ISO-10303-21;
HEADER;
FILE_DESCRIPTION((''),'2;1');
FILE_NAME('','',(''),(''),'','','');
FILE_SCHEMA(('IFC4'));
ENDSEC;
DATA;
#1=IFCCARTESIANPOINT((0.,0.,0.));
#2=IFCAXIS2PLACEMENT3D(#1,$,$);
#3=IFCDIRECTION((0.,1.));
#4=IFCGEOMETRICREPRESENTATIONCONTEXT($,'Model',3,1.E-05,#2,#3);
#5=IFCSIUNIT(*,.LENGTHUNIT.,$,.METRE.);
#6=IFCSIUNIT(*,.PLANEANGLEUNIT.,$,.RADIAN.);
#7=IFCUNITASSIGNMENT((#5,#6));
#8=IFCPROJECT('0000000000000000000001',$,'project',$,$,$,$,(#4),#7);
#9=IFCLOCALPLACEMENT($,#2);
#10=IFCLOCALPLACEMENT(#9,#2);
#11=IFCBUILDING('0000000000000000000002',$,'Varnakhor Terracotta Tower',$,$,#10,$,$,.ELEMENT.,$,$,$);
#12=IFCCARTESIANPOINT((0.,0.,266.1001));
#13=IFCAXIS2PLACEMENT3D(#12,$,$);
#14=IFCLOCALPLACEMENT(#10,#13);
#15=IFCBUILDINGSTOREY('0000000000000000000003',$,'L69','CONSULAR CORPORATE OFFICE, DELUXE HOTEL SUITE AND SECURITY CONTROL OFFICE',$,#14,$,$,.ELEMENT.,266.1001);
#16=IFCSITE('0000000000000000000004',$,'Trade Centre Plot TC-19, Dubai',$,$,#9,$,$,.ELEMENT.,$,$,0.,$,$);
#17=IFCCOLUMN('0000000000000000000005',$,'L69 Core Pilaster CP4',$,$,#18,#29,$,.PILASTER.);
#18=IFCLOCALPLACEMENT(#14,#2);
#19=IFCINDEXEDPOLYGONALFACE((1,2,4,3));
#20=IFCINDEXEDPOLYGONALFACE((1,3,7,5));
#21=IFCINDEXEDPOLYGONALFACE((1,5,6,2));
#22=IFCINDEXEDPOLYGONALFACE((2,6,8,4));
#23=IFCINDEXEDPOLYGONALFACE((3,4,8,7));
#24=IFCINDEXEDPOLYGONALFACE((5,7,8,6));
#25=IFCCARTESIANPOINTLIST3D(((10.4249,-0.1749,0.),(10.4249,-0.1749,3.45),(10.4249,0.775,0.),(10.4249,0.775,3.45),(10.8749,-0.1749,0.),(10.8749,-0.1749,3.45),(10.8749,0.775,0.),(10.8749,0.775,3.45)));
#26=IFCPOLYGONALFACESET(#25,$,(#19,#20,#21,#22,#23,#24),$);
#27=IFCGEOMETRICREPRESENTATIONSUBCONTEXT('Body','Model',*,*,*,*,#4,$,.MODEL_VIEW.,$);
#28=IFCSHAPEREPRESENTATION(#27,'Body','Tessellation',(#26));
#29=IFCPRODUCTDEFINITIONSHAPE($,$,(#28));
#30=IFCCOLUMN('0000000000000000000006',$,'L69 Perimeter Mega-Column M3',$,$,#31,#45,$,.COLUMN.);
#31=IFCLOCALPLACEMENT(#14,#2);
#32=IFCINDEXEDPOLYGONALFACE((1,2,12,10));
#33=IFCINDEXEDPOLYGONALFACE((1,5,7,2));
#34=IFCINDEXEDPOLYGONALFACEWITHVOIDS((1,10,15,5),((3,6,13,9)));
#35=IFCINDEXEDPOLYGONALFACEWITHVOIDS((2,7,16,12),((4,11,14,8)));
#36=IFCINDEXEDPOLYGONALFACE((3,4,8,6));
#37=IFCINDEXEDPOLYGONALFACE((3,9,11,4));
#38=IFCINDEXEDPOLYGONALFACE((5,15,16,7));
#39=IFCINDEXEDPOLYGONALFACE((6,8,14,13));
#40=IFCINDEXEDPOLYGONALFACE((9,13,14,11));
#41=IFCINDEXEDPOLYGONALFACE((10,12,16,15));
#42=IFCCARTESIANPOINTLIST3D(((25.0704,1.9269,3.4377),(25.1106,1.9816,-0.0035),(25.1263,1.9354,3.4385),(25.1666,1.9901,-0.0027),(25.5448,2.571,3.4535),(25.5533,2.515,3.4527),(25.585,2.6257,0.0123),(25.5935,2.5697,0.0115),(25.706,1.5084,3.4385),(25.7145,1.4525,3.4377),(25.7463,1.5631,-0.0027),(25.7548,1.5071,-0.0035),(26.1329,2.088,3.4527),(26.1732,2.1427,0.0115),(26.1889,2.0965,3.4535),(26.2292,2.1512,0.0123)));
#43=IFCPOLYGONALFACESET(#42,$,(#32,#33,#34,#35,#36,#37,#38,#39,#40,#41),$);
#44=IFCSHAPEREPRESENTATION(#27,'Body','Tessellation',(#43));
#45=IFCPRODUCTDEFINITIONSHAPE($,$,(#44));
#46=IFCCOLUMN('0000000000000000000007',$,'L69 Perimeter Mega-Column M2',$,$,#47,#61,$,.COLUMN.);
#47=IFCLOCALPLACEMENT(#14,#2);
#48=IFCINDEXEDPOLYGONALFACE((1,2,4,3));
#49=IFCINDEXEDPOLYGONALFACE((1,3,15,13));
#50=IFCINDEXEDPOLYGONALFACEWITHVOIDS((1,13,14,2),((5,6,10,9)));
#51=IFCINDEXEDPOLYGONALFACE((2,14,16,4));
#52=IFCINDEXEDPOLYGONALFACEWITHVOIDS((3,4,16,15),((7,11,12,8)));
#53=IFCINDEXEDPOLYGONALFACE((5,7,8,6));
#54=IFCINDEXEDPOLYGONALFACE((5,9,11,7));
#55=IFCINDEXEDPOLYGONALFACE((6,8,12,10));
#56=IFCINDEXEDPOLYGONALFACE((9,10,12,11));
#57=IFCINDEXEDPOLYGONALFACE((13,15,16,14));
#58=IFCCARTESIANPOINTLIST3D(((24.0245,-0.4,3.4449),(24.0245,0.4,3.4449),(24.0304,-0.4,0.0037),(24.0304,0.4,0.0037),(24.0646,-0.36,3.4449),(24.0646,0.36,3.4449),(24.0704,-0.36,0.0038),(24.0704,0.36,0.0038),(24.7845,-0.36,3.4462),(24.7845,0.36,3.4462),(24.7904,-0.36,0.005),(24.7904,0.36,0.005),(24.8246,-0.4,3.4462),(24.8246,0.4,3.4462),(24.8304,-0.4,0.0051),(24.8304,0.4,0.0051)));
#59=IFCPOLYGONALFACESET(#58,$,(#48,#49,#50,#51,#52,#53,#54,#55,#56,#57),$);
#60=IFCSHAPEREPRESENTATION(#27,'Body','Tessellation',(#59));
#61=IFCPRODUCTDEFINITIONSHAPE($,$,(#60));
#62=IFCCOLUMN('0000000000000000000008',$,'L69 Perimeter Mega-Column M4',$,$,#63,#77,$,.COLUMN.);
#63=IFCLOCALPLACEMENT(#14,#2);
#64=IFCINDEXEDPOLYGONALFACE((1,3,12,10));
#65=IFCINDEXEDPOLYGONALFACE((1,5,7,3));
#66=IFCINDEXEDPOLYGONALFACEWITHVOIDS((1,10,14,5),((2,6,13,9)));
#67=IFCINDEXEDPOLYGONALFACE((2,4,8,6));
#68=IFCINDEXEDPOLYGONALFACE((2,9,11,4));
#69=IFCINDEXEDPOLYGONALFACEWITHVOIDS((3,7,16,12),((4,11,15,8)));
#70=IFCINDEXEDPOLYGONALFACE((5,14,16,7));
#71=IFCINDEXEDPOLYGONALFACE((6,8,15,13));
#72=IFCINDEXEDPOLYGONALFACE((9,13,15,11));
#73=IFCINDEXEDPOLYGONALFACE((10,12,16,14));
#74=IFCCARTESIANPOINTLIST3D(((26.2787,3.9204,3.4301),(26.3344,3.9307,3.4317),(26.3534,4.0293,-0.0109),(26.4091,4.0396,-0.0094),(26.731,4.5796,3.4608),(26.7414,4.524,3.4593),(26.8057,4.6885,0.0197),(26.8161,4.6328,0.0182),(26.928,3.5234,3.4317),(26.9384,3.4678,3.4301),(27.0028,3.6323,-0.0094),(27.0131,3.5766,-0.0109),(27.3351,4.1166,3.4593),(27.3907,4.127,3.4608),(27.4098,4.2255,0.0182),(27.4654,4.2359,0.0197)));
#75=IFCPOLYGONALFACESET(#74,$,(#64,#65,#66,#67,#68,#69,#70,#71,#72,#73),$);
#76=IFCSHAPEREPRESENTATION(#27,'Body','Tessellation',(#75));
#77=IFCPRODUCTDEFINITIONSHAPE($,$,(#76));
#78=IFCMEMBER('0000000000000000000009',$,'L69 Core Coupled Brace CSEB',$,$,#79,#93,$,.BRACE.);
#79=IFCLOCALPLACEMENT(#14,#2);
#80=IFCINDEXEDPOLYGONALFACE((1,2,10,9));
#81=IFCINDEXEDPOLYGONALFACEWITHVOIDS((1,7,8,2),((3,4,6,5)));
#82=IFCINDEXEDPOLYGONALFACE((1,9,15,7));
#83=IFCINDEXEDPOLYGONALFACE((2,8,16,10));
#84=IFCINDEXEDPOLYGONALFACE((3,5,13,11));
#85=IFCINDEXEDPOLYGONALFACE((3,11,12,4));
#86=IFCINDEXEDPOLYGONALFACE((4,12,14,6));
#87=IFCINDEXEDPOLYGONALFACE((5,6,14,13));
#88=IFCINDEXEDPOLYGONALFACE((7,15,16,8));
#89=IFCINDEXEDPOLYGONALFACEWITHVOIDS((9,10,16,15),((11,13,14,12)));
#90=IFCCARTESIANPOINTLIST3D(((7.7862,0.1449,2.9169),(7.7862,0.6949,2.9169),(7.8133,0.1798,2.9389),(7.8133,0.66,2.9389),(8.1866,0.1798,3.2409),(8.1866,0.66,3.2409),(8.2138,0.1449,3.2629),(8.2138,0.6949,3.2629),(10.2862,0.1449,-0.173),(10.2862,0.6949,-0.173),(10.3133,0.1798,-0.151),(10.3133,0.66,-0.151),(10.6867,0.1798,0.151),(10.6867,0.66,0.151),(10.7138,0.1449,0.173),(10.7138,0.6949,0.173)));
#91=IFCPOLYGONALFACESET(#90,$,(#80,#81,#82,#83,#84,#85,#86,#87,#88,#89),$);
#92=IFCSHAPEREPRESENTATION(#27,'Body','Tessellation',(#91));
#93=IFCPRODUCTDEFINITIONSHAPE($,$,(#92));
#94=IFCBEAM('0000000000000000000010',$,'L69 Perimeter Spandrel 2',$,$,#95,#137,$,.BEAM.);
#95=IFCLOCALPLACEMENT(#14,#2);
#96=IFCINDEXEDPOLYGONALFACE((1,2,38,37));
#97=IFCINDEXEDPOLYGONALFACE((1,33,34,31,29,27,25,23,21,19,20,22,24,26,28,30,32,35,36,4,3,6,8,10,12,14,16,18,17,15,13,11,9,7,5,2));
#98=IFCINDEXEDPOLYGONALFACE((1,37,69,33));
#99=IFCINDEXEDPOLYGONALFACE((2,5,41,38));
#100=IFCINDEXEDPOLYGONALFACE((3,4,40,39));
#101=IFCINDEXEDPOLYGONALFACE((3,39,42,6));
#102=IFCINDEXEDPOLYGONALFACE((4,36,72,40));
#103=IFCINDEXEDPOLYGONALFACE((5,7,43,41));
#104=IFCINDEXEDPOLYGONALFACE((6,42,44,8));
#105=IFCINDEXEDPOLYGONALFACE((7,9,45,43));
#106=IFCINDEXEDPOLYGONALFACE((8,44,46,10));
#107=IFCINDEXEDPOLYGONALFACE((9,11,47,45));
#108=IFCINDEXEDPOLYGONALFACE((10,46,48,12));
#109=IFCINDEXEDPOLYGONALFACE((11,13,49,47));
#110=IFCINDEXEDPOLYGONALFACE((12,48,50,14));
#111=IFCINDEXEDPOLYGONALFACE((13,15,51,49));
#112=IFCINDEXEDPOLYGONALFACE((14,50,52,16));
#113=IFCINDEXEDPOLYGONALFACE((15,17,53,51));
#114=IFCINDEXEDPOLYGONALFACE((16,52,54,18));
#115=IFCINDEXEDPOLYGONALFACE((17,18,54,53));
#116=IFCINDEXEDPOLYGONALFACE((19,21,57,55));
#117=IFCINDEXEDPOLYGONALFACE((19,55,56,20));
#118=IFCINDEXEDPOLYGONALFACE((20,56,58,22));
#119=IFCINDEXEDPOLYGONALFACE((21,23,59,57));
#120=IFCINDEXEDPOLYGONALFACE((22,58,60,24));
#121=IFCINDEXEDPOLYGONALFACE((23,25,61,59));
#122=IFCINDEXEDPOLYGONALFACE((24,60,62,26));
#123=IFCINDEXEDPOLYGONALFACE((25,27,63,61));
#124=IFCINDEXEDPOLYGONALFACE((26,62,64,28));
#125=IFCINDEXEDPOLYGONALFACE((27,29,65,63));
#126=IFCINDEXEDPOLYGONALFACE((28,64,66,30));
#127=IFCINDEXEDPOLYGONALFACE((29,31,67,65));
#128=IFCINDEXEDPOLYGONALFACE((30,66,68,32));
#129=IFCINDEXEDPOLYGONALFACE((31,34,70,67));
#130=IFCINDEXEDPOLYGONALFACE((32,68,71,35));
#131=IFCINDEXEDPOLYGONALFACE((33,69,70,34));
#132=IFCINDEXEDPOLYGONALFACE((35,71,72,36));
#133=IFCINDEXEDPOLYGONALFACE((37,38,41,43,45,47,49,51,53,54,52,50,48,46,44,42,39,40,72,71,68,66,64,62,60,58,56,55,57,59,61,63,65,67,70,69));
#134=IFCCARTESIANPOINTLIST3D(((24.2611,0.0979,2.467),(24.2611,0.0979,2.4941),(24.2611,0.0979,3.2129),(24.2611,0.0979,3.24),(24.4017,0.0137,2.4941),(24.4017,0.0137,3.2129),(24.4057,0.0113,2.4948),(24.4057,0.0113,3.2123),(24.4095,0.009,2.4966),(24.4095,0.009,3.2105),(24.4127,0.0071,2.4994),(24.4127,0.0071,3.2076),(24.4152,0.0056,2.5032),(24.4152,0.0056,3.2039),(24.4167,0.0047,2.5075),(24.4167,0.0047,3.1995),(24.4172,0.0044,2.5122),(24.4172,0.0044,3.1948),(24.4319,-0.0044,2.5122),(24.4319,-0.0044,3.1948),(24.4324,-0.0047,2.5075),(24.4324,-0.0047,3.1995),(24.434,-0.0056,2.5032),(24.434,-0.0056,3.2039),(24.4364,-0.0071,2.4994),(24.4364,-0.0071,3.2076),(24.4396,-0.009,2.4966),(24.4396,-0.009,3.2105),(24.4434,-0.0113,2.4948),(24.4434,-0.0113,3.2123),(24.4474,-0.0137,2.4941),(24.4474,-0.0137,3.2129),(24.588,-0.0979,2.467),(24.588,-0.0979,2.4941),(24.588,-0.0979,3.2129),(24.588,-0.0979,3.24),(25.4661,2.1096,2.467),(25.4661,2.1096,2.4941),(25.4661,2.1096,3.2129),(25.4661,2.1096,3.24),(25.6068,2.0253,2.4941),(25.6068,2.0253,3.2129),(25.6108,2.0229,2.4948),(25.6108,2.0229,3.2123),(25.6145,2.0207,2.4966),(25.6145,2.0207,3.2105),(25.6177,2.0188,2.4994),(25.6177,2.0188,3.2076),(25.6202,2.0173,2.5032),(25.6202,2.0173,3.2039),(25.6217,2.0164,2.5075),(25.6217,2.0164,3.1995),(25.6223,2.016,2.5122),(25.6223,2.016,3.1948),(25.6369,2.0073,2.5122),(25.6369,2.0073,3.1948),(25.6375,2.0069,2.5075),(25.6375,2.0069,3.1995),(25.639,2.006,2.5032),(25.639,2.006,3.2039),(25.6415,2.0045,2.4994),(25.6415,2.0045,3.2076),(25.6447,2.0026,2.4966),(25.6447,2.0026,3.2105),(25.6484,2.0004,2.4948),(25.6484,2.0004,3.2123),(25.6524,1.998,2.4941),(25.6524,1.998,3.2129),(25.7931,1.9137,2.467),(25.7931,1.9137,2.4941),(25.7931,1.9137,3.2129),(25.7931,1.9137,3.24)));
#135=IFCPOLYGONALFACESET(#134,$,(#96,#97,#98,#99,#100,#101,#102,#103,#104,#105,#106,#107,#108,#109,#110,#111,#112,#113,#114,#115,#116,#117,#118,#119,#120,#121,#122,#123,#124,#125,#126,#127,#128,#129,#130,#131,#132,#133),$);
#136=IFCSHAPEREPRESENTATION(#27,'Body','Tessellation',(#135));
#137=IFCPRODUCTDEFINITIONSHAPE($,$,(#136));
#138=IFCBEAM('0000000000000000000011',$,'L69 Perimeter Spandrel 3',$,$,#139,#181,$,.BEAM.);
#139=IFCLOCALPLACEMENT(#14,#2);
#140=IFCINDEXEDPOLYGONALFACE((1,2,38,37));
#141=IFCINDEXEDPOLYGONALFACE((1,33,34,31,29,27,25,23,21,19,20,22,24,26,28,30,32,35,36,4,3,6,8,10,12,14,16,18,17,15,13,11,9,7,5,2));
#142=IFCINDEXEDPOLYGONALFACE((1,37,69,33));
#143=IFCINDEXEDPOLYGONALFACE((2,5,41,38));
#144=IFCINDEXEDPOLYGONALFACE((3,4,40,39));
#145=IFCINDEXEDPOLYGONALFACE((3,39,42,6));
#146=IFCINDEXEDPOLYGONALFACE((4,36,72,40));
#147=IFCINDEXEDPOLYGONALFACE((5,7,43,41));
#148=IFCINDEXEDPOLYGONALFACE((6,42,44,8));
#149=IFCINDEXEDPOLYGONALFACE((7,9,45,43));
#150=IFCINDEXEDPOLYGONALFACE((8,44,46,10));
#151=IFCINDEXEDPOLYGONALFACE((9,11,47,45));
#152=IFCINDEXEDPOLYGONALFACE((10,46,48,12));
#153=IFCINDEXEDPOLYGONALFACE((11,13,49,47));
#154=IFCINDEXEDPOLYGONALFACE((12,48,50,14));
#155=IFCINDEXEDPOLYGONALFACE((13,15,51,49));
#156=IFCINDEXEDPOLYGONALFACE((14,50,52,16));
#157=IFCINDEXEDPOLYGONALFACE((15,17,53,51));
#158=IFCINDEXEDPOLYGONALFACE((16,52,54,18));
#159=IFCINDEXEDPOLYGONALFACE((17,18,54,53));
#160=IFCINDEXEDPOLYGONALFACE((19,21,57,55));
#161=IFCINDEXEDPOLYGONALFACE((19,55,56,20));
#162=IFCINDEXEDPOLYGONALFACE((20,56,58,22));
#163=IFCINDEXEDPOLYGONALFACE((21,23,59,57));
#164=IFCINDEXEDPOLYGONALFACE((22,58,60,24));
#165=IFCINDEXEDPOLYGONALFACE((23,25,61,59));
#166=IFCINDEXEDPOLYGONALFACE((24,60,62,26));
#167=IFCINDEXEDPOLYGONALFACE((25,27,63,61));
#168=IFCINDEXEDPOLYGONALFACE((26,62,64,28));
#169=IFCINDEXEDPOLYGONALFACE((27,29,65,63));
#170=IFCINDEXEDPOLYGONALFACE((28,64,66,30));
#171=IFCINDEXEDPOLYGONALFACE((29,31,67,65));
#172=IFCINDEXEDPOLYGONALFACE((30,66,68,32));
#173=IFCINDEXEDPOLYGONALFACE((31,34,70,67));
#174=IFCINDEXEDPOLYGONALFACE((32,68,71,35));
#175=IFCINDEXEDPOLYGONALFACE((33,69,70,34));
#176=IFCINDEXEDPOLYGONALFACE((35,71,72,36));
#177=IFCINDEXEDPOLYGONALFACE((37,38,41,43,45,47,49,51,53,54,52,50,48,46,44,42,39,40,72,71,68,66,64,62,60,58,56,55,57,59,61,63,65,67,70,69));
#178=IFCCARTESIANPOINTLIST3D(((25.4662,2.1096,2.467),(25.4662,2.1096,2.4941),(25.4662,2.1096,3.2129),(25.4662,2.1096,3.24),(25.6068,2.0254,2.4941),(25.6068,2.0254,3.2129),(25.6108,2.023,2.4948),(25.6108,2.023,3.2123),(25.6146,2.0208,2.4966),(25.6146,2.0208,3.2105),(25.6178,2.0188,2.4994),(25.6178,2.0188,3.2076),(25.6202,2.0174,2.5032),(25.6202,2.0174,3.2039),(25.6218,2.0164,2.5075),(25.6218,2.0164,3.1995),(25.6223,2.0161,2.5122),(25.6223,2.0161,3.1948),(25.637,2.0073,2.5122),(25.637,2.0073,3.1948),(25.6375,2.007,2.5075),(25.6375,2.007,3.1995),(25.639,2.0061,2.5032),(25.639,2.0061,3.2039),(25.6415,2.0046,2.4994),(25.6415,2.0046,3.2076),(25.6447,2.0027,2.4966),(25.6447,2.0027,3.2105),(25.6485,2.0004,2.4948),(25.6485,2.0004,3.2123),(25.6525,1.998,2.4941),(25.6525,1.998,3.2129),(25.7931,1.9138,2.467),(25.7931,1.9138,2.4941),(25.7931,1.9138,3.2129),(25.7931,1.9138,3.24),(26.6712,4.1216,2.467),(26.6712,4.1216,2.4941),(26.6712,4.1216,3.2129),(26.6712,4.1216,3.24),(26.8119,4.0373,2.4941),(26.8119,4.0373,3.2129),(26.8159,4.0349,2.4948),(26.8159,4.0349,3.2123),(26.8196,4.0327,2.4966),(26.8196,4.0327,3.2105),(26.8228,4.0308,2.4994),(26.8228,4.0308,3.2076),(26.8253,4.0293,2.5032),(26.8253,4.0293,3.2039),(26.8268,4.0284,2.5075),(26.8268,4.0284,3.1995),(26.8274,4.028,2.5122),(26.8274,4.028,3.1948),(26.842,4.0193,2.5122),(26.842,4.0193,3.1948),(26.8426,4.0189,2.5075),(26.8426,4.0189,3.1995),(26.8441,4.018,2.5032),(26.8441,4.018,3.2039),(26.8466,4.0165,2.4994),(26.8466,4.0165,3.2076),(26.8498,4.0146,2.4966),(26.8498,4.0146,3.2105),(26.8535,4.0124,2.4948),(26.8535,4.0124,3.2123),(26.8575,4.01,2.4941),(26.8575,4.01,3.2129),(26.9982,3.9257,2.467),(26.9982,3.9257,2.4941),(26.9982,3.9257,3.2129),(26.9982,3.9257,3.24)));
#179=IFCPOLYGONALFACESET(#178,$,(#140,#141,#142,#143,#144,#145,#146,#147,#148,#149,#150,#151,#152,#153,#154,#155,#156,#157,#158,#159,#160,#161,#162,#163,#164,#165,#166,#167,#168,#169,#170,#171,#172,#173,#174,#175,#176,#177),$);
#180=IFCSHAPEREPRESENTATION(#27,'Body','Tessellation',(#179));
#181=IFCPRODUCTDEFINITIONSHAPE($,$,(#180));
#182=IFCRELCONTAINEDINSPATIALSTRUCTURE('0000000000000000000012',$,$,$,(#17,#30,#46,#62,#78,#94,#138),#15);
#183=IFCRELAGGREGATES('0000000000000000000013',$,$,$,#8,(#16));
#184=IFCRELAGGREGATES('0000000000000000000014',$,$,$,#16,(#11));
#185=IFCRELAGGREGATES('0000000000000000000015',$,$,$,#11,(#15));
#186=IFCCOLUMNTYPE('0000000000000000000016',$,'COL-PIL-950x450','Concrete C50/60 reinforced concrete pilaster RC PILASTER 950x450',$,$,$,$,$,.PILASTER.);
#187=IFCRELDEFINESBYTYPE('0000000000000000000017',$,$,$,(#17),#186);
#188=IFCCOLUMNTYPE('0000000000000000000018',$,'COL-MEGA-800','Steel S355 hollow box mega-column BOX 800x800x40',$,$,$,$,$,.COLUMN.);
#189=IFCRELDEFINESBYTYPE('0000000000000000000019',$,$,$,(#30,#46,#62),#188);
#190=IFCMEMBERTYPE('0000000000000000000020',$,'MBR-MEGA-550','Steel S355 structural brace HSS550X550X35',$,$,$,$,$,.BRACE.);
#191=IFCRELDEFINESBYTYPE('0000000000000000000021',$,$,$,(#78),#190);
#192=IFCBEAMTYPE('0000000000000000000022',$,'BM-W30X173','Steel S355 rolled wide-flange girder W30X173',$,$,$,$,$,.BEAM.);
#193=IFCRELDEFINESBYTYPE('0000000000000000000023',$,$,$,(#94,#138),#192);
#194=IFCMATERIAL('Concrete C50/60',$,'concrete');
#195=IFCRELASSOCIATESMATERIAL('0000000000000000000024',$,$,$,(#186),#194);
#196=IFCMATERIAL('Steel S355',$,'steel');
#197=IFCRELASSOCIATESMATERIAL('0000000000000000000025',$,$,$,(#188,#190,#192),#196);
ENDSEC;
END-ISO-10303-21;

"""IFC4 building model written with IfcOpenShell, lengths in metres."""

from ifc_helpers import new_model, si_unit, direction, frame, origin, origin_2d, place, context, subcontext, project, spatial, rectangle, hollow_rectangle, i_section, extrude, source, transform, mapped, material, material_profile, profile_set, type_object, element, save


model = new_model("IFC4")

# Units and contexts
model_context = context("Model", 3, precision=1e-05, world=origin(), true_north=direction((0.0, 1.0)))
body_context = subcontext(model_context, "Body", "Model", "MODEL_VIEW")
ifc_project = project(units=[si_unit("LENGTHUNIT", "METRE"), si_unit("PLANEANGLEUNIT", "RADIAN")], contexts=[model_context])

# Site, building, storey
site_placement = place(None, origin())
site = spatial("IfcSite", under=ifc_project, at=site_placement, Name="Trade Centre Plot TC-19, Dubai", CompositionType="ELEMENT", RefElevation=0.0)
building_placement = place(site_placement, origin())
building = spatial("IfcBuilding", under=site, at=building_placement, Name="Varnakhor Terracotta Tower", CompositionType="ELEMENT")
storey_placement = place(building_placement, frame((0.0, 0.0, 266.1001)))
storey = spatial("IfcBuildingStorey", under=building, at=storey_placement, Name="L69", Description="CONSULAR CORPORATE OFFICE, DELUXE HOTEL SUITE AND SECURITY CONTROL OFFICE", CompositionType="ELEMENT", Elevation=266.1001)

# Columns
ifc_material_1 = material(Name="Concrete C50/60", Category="concrete")
ifc_material_profile_1 = material_profile(ifc_material_1, rectangle(XDim=0.45, YDim=0.95, at=origin_2d()), Name="RC PILASTER 950x450")
ifc_profile_set_1 = profile_set([ifc_material_profile_1], Name="Concrete C50/60")
column_type_1 = type_object("IfcColumnType", Name="COL-PIL-950x450", Description="Concrete C50/60 reinforced concrete pilaster RC PILASTER 950x450", PredefinedType="PILASTER", material=ifc_profile_set_1)
shared_shape_1 = source(origin(), body_context, "Body", "SweptSolid", [
    extrude(rectangle(XDim=0.45, YDim=0.95, at=origin_2d()), origin(), (0.0, 0.0, 1.0), 3.45),
])
column_1_placement = place(storey_placement, frame((10.6499, 0.3, 0.0), z_axis=(0.0, 0.0, 1.0), x_axis=(1.0, 0.0, 0.0)))
element("IfcColumn", 1, at=column_1_placement, inside=storey, type_object=column_type_1, Name="L69 Core Pilaster CP4", PredefinedType="PILASTER", context=body_context, shape_type="MappedRepresentation", body=[
    mapped(shared_shape_1, transform((0.0, 0.0, 0.0), scale=1.0)),
])
ifc_material_2 = material(Name="Steel S355", Category="steel")
ifc_material_profile_2 = material_profile(ifc_material_2, hollow_rectangle(XDim=0.8, YDim=0.8, WallThickness=0.04, at=origin_2d()), Name="BOX 800x800x40")
ifc_profile_set_2 = profile_set([ifc_material_profile_2], Name="Steel S355")
column_type_2 = type_object("IfcColumnType", Name="COL-MEGA-800", Description="Steel S355 hollow box mega-column BOX 800x800x40", PredefinedType="COLUMN", material=ifc_profile_set_2)
shared_shape_2 = source(origin(), body_context, "Body", "SweptSolid", [
    extrude(hollow_rectangle(XDim=0.8, YDim=0.8, WallThickness=0.04, at=origin_2d()), origin(), (0.0, 0.0, 1.0), 3.4419),
])
column_2_placement = place(storey_placement, frame((25.6699, 2.0664, 0.0044), z_axis=(-0.011704, -0.015889, 0.999805), x_axis=(0.805146, -0.593076, 0.0)))
element("IfcColumn", 2, at=column_2_placement, inside=storey, type_object=column_type_2, Name="L69 Perimeter Mega-Column M3", PredefinedType="COLUMN", context=body_context, shape_type="MappedRepresentation", body=[
    mapped(shared_shape_2, transform((0.0, 0.0, 0.0), scale=1.0)),
])
shared_shape_3 = source(origin(), body_context, "Body", "SweptSolid", [
    extrude(hollow_rectangle(XDim=0.8, YDim=0.8, WallThickness=0.04, at=origin_2d()), origin(), (0.0, 0.0, 1.0), 3.4412),
])
column_3_placement = place(storey_placement, frame((24.4304, 0.0, 0.0044), z_axis=(-0.001703, 0.0, 0.999999), x_axis=(0.0, -1.0, 0.0)))
element("IfcColumn", 3, at=column_3_placement, inside=storey, type_object=column_type_2, Name="L69 Perimeter Mega-Column M2", PredefinedType="COLUMN", context=body_context, shape_type="MappedRepresentation", body=[
    mapped(shared_shape_3, transform((0.0, 0.0, 0.0), scale=1.0)),
])
shared_shape_4 = source(origin(), body_context, "Body", "SweptSolid", [
    extrude(hollow_rectangle(XDim=0.8, YDim=0.8, WallThickness=0.04, at=origin_2d()), origin(), (0.0, 0.0, 1.0), 3.4436),
])
column_4_placement = place(storey_placement, frame((26.9094, 4.1326, 0.0044), z_axis=(-0.021694, -0.031619, 0.999265), x_axis=(0.824581, -0.565744, 0.0)))
element("IfcColumn", 4, at=column_4_placement, inside=storey, type_object=column_type_2, Name="L69 Perimeter Mega-Column M4", PredefinedType="COLUMN", context=body_context, shape_type="MappedRepresentation", body=[
    mapped(shared_shape_4, transform((0.0, 0.0, 0.0), scale=1.0)),
])

# Member
ifc_material_profile_3 = material_profile(ifc_material_2, hollow_rectangle(XDim=0.55, YDim=0.55, WallThickness=0.0349, at=origin_2d()), Name="HSS550X550X35")
ifc_profile_set_3 = profile_set([ifc_material_profile_3], Name="Steel S355")
member_type_1 = type_object("IfcMemberType", Name="MBR-MEGA-550", Description="Steel S355 structural brace HSS550X550X35", PredefinedType="BRACE", material=ifc_profile_set_3)
shared_shape_5 = source(origin(), body_context, "Body", "SweptSolid", [
    extrude(hollow_rectangle(XDim=0.55, YDim=0.55, WallThickness=0.0349, at=origin_2d()), origin(), (0.0, 0.0, 1.0), 3.9746),
])
member_1_placement = place(storey_placement, frame((10.5, 0.4199, 0.0), z_axis=(-0.629, 0.0, 0.777405), x_axis=(0.0, -1.0, 0.0)))
element("IfcMember", 5, at=member_1_placement, inside=storey, type_object=member_type_1, Name="L69 Core Coupled Brace CSEB", PredefinedType="BRACE", context=body_context, shape_type="MappedRepresentation", body=[
    mapped(shared_shape_5, transform((0.0, 0.0, 0.0), scale=1.0)),
])

# Beams
ifc_material_profile_4 = material_profile(ifc_material_2, i_section(OverallWidth=0.3811, OverallDepth=0.7729, WebThickness=0.0171, FlangeThickness=0.0271, FilletRadius=0.0181, at=origin_2d()), Name="W30X173")
ifc_profile_set_4 = profile_set([ifc_material_profile_4], Name="Steel S355")
beam_type_1 = type_object("IfcBeamType", Name="BM-W30X173", Description="Steel S355 rolled wide-flange girder W30X173", PredefinedType="BEAM", material=ifc_profile_set_4)
shared_shape_6 = source(origin(), body_context, "Body", "SweptSolid", [
    extrude(i_section(OverallWidth=0.3811, OverallDepth=0.7729, WebThickness=0.0171, FlangeThickness=0.0271, FilletRadius=0.0181, at=origin_2d()), origin(), (0.0, 0.0, 1.0), 2.345),
])
beam_1_placement = place(storey_placement, frame((24.4246, 0.0, 2.8535), z_axis=(0.513883, 0.85786, 0.0), x_axis=(-0.85786, 0.513883, 0.0)))
element("IfcBeam", 6, at=beam_1_placement, inside=storey, type_object=beam_type_1, Name="L69 Perimeter Spandrel 2", PredefinedType="BEAM", context=body_context, shape_type="MappedRepresentation", body=[
    mapped(shared_shape_6, transform((0.0, 0.0, 0.0), scale=1.0)),
])
shared_shape_7 = source(origin(), body_context, "Body", "SweptSolid", [
    extrude(i_section(OverallWidth=0.3811, OverallDepth=0.7729, WebThickness=0.0171, FlangeThickness=0.0271, FilletRadius=0.0181, at=origin_2d()), origin(), (0.0, 0.0, 1.0), 2.3452),
])
beam_2_placement = place(storey_placement, frame((25.6296, 2.0117, 2.8535), z_axis=(0.513837, 0.857888, 0.0), x_axis=(-0.857888, 0.513837, 0.0)))
element("IfcBeam", 7, at=beam_2_placement, inside=storey, type_object=beam_type_1, Name="L69 Perimeter Spandrel 3", PredefinedType="BEAM", context=body_context, shape_type="MappedRepresentation", body=[
    mapped(shared_shape_7, transform((0.0, 0.0, 0.0), scale=1.0)),
])

save(model, "model.ifc")
